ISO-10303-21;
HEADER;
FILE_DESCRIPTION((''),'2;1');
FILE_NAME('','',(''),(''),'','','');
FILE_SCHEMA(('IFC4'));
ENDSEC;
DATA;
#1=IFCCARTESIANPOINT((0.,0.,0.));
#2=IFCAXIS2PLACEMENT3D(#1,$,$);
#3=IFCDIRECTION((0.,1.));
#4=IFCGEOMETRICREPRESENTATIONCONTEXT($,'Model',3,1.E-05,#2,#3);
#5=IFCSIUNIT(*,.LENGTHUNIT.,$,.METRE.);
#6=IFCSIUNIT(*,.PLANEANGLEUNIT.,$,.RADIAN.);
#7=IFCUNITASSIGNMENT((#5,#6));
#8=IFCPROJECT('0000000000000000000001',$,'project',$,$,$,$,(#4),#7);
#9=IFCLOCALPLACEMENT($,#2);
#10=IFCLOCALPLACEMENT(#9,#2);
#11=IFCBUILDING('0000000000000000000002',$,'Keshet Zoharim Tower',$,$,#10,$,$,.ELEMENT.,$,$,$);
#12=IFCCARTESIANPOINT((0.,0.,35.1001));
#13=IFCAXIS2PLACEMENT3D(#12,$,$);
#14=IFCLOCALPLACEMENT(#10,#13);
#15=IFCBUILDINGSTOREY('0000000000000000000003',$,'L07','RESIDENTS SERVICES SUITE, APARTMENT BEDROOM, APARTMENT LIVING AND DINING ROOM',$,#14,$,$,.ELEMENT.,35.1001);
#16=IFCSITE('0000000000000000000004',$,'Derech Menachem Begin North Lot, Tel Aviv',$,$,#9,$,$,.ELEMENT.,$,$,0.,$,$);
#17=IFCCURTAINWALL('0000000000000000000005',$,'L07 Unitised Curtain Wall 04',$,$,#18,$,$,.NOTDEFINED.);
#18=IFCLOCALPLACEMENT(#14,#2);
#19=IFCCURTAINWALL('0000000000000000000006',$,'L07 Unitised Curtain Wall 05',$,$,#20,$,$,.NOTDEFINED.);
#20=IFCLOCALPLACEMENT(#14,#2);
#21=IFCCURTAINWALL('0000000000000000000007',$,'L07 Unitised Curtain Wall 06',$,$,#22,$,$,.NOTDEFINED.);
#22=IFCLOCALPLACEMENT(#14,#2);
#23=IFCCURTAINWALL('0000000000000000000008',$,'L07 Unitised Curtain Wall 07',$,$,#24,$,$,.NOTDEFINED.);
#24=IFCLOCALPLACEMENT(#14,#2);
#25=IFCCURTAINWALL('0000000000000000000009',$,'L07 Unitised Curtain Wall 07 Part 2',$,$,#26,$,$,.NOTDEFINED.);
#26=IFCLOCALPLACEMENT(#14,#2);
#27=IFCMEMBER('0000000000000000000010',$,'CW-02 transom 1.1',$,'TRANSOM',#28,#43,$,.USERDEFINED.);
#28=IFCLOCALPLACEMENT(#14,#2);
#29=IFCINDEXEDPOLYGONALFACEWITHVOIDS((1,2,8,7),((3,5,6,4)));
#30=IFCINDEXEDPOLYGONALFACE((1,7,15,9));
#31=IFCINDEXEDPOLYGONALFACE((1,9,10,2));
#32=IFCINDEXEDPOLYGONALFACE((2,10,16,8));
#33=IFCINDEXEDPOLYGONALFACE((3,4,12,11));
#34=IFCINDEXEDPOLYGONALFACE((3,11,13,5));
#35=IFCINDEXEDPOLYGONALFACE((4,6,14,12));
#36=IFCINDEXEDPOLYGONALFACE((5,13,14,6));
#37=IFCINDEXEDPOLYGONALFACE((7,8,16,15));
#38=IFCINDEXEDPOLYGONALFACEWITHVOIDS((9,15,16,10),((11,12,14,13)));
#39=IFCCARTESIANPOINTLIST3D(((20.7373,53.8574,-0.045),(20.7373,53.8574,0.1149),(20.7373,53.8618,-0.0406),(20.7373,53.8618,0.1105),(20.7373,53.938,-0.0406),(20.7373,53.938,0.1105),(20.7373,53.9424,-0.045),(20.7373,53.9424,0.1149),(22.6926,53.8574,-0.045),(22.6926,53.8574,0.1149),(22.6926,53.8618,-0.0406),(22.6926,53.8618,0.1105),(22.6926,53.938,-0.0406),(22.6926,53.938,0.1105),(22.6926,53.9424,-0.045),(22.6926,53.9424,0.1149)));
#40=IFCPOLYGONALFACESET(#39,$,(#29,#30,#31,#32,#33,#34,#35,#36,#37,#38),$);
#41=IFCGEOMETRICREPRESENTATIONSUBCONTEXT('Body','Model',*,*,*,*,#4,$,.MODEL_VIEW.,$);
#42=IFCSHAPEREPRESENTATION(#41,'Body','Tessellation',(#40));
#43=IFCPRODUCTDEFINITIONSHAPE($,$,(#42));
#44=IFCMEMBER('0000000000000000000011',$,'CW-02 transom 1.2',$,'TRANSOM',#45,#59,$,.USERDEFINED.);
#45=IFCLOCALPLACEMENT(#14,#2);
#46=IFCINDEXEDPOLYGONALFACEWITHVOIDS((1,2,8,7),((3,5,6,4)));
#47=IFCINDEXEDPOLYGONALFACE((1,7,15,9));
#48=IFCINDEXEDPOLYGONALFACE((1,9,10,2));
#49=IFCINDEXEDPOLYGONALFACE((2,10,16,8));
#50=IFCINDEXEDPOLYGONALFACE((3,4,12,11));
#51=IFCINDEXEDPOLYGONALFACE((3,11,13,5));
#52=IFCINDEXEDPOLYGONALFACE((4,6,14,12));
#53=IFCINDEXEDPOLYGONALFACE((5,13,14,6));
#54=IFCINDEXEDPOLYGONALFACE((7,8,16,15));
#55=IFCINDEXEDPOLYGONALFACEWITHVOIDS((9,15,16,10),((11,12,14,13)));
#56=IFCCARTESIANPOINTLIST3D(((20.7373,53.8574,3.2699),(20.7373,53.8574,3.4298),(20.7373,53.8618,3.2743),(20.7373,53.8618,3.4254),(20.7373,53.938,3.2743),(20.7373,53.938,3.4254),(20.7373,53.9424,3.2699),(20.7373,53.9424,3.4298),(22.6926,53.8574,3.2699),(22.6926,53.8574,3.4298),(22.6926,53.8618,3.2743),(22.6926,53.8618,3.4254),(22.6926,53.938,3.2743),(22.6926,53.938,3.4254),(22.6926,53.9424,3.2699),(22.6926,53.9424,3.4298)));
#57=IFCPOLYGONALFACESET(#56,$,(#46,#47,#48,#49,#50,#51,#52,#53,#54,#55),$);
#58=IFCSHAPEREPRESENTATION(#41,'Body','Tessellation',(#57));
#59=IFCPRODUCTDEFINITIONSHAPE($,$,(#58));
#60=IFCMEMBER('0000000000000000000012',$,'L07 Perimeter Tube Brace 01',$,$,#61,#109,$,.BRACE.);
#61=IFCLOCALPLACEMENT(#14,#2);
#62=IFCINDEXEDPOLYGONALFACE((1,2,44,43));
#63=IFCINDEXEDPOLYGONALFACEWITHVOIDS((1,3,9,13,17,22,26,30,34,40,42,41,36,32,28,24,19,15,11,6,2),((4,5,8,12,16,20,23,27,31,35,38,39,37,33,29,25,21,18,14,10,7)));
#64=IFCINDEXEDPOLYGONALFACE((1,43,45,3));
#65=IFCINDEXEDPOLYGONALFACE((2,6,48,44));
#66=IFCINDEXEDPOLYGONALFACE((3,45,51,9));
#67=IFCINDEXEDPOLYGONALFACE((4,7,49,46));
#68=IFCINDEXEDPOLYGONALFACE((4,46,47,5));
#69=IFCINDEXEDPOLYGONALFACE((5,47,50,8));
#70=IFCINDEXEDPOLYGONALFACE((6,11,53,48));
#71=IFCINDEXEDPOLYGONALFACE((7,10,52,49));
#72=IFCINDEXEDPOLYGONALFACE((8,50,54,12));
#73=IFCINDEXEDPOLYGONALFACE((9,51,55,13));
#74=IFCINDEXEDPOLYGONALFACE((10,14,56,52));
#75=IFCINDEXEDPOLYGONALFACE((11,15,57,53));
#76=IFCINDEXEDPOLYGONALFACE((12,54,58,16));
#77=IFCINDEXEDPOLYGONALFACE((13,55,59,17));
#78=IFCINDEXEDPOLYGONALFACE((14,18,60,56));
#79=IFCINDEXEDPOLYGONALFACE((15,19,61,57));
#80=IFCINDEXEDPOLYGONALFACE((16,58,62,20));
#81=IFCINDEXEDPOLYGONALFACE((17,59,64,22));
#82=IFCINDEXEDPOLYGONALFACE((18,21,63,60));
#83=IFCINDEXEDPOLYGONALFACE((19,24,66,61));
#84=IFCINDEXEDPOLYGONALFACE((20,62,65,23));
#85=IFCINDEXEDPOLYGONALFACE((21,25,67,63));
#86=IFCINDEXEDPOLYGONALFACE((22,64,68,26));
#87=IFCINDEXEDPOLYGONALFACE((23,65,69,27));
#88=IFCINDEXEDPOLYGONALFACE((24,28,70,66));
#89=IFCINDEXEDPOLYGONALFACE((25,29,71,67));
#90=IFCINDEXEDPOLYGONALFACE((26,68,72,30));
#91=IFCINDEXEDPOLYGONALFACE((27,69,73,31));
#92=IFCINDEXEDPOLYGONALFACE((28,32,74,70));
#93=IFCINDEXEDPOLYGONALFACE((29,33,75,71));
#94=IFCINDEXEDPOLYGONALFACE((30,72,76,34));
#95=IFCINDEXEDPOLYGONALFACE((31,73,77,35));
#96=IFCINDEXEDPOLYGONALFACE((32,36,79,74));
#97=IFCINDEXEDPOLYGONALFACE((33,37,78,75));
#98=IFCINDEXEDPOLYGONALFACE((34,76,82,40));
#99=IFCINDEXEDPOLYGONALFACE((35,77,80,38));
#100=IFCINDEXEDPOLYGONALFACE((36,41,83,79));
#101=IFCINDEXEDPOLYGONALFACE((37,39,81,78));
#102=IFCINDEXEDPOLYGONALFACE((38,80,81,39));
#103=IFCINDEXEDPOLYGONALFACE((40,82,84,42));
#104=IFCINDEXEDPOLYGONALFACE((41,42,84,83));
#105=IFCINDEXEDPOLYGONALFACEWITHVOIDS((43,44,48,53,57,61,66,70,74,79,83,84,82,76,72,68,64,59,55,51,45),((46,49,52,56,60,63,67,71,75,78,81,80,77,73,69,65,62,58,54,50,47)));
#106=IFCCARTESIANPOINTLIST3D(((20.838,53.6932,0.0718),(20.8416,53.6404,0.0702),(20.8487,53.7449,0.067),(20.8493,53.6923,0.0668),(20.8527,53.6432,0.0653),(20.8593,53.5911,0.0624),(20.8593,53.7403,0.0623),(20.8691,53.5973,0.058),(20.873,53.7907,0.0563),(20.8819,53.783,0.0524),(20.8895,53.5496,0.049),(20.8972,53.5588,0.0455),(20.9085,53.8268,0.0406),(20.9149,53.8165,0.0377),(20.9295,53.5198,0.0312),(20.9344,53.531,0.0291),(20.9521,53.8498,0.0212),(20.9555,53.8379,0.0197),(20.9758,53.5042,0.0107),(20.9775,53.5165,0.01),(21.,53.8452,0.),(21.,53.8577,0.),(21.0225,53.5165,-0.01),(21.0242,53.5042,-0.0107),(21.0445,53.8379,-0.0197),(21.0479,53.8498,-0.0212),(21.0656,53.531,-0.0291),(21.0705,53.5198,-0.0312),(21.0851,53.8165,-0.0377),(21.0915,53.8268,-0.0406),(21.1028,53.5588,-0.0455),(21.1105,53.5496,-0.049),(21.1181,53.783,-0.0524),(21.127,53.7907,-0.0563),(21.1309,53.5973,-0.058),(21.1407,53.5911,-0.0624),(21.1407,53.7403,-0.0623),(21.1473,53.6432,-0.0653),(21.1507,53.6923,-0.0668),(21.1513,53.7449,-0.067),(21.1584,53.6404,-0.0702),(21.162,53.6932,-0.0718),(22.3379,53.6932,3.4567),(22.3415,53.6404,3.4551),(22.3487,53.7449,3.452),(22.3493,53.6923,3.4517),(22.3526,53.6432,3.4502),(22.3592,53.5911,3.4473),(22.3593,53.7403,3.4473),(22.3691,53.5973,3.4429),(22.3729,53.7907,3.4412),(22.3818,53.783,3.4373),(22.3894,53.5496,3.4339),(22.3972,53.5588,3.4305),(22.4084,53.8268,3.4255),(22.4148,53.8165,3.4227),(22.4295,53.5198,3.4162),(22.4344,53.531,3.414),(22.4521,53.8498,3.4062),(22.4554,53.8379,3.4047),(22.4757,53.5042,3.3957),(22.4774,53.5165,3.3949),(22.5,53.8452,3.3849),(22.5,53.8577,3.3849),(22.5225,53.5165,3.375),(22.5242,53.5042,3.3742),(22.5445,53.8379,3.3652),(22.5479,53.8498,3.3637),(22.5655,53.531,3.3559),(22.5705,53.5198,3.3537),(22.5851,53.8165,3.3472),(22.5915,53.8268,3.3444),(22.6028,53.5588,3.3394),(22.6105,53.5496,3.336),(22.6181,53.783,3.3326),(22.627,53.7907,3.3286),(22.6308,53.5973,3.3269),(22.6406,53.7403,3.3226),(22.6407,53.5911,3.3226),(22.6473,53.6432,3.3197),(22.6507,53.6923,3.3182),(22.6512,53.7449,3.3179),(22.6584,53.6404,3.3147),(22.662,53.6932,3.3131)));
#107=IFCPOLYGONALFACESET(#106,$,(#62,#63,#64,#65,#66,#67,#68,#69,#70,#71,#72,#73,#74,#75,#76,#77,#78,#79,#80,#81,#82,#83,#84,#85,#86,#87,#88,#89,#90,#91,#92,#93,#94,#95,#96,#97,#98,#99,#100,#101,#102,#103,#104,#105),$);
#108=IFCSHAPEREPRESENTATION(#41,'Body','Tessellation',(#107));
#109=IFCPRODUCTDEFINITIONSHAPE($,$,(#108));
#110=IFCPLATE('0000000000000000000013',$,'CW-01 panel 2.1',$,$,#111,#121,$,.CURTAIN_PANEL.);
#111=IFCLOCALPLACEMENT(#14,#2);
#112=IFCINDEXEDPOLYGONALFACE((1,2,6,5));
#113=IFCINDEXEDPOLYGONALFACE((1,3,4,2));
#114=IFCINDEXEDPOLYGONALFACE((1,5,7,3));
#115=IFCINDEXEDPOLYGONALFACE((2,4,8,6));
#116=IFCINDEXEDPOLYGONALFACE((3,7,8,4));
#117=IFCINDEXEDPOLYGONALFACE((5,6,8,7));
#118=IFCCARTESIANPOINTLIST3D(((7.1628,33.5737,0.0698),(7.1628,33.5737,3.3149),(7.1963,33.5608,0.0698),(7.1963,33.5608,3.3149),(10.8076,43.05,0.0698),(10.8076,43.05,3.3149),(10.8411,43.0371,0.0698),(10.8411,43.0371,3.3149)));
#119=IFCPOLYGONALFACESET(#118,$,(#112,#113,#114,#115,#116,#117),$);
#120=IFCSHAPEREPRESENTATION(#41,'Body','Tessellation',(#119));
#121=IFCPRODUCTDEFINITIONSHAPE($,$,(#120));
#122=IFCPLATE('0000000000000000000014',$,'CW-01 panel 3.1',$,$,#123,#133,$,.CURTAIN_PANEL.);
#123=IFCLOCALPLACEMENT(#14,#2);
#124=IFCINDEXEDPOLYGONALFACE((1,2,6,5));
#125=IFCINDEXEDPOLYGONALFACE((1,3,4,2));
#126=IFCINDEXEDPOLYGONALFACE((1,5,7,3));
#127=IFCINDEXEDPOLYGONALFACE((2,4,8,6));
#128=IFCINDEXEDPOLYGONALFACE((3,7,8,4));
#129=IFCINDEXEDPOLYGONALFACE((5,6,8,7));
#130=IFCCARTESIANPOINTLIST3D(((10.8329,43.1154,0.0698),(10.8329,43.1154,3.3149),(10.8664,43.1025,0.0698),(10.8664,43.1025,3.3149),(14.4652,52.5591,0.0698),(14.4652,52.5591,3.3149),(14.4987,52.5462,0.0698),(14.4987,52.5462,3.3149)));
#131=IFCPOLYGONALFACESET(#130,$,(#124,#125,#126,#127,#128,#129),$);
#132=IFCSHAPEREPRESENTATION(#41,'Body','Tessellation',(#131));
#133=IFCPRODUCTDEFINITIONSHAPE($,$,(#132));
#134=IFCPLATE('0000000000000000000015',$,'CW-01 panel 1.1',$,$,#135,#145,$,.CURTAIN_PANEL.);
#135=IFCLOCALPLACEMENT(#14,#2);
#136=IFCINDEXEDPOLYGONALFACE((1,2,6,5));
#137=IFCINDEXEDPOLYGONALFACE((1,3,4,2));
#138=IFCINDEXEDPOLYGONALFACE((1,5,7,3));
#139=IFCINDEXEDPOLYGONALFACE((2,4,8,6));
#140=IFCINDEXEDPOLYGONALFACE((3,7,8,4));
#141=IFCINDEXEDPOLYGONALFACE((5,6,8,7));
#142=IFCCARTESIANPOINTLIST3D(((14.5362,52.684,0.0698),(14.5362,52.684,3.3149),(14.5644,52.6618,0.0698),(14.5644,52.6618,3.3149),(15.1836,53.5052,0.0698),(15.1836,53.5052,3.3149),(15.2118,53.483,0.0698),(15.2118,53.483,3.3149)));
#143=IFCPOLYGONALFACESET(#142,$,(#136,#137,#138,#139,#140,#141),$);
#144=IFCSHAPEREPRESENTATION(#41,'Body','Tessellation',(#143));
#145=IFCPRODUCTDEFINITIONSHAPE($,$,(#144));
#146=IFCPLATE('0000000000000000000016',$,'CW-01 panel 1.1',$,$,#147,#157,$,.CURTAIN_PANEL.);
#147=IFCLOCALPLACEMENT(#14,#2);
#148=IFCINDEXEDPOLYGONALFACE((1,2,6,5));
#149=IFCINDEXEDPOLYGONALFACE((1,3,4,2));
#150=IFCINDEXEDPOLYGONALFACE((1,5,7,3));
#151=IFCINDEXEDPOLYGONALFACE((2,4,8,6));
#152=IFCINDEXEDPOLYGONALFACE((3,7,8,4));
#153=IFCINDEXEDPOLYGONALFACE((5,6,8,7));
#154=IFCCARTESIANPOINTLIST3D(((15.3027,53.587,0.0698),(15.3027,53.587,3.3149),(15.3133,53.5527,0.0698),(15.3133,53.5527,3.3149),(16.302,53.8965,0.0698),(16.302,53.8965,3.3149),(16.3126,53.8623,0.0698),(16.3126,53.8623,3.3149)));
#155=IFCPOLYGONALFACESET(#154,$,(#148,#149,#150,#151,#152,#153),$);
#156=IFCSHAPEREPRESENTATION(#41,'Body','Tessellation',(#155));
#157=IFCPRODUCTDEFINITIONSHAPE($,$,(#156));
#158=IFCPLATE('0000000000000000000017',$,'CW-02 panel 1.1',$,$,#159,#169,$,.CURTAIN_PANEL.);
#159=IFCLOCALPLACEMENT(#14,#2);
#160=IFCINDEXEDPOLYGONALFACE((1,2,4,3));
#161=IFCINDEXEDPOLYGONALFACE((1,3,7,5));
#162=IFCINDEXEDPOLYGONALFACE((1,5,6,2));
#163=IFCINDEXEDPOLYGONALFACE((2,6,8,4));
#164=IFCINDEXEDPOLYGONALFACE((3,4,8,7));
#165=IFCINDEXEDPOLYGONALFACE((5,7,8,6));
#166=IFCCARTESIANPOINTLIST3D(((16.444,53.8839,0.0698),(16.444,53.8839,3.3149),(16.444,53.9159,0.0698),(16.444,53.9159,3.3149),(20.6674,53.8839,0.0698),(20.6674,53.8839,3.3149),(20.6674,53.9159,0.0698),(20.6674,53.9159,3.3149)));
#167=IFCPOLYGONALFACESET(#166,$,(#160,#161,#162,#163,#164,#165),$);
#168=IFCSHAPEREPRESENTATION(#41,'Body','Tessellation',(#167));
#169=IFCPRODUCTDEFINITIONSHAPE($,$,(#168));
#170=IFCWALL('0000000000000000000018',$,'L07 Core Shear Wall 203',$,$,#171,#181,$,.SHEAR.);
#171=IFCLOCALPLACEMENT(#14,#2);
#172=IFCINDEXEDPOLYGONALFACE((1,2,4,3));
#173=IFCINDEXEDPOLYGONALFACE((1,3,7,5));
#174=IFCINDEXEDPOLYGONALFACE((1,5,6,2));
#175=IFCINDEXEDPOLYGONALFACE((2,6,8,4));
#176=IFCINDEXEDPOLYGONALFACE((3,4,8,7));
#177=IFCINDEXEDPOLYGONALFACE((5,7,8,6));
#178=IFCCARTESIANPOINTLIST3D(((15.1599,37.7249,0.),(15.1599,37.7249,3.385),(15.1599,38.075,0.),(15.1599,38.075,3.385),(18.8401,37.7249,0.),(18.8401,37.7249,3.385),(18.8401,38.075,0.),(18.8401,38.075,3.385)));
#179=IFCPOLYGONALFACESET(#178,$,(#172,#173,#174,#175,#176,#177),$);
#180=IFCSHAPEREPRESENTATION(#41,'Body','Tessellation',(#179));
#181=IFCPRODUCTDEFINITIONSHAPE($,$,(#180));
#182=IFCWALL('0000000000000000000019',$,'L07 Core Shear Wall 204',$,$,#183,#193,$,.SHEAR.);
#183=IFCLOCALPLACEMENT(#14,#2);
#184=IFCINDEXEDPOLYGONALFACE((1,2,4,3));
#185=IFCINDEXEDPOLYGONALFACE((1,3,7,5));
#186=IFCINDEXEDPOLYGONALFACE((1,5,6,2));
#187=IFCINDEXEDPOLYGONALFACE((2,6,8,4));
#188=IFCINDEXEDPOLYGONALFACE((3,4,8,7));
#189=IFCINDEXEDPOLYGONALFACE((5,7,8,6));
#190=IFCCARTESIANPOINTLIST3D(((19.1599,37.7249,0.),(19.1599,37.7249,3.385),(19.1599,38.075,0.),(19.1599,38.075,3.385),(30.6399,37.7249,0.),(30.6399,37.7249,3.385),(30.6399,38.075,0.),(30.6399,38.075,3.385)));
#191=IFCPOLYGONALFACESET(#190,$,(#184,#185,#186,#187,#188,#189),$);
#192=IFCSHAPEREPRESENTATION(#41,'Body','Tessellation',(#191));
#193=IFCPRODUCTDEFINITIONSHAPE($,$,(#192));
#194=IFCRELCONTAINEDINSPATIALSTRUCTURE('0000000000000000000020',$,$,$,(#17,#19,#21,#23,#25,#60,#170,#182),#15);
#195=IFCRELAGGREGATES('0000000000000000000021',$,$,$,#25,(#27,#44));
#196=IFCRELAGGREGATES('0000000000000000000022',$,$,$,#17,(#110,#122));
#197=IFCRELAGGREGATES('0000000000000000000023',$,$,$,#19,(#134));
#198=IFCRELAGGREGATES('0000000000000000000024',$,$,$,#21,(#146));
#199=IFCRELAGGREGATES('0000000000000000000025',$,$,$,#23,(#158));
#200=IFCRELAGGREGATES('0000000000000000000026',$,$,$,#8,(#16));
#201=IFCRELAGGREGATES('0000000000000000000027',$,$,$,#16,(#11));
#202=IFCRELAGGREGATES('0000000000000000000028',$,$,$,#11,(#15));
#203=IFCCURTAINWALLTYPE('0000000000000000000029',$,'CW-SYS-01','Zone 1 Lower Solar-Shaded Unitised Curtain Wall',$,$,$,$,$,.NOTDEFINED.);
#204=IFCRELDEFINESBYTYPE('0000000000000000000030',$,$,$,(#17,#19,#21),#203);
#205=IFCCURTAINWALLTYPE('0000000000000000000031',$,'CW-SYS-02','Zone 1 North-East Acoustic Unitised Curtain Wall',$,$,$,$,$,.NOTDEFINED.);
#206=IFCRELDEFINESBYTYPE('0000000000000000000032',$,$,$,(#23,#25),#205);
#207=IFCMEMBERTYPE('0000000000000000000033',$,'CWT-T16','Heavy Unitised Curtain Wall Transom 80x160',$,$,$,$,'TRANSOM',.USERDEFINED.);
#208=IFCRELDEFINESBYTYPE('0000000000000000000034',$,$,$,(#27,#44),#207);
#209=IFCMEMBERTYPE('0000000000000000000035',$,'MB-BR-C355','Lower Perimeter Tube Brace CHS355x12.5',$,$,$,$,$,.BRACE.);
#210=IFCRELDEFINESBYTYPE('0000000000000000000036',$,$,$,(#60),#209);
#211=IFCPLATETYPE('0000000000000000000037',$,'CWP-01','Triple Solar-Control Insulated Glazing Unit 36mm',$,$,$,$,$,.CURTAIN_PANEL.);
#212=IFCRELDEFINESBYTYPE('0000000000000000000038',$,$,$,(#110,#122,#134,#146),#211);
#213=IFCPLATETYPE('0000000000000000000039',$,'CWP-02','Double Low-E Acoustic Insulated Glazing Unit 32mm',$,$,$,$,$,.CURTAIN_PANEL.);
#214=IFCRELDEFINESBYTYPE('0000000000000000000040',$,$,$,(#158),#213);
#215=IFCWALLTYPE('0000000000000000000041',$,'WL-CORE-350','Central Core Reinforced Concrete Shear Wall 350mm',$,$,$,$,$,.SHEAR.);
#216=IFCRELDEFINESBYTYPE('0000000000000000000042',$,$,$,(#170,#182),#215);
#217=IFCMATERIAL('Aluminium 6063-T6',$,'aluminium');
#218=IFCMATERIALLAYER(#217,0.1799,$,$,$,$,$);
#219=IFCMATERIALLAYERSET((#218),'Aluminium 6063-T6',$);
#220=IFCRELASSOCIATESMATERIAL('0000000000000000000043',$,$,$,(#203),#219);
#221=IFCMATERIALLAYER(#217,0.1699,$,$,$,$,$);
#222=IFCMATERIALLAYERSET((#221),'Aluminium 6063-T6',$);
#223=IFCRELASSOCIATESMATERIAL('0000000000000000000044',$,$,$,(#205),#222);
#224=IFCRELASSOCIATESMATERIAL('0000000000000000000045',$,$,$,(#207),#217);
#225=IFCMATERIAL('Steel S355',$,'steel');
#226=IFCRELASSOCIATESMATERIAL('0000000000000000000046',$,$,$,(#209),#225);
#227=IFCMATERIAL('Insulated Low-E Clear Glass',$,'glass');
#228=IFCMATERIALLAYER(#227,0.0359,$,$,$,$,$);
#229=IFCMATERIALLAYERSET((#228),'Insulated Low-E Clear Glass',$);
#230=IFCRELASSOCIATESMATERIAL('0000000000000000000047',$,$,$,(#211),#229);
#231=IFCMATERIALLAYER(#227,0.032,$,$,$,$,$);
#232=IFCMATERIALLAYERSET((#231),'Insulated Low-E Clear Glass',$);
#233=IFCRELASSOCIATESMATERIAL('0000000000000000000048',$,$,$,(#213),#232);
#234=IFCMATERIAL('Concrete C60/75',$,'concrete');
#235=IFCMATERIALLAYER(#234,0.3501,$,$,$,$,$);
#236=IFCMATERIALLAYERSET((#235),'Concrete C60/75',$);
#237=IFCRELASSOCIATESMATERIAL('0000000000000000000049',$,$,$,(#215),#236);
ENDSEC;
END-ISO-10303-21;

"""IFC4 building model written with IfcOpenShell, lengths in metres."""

from ifc_helpers import new_model, si_unit, direction, frame, frame_2d, origin, origin_2d, place, context, subcontext, project, spatial, rectangle, hollow_rectangle, hollow_circle, extrude, material, layer, layer_set, material_profile, profile_set, type_object, element, aggregate, save


model = new_model("IFC4")

# Units and contexts
model_context = context("Model", 3, precision=1e-05, world=origin(), true_north=direction((0.0, 1.0)))
body_context = subcontext(model_context, "Body", "Model", "MODEL_VIEW")
ifc_project = project(units=[si_unit("LENGTHUNIT", "METRE"), si_unit("PLANEANGLEUNIT", "RADIAN")], contexts=[model_context])

# Site, building, storey
site_placement = place(None, origin())
site = spatial("IfcSite", under=ifc_project, at=site_placement, Name="Derech Menachem Begin North Lot, Tel Aviv", CompositionType="ELEMENT", RefElevation=0.0)
building_placement = place(site_placement, origin())
building = spatial("IfcBuilding", under=site, at=building_placement, Name="Keshet Zoharim Tower", CompositionType="ELEMENT")
storey_placement = place(building_placement, frame((0.0, 0.0, 35.1001)))
storey = spatial("IfcBuildingStorey", under=building, at=storey_placement, Name="L07", Description="RESIDENTS SERVICES SUITE, APARTMENT BEDROOM, APARTMENT LIVING AND DINING ROOM", CompositionType="ELEMENT", Elevation=35.1001)

# Shared definitions
ifc_material_1 = material(Name="Steel S355", Category="steel")

# Curtain walls
ifc_material_2 = material(Name="Aluminium 6063-T6", Category="aluminium")
ifc_layer_1 = layer(ifc_material_2, 0.1799)
ifc_layer_set_1 = layer_set([ifc_layer_1], Name="Aluminium 6063-T6")
curtain_wall_type_1 = type_object("IfcCurtainWallType", Name="CW-SYS-01", Description="Zone 1 Lower Solar-Shaded Unitised Curtain Wall", PredefinedType="NOTDEFINED", material=ifc_layer_set_1)
curtain_wall_1_placement = place(storey_placement, origin())
curtain_wall_1 = element("IfcCurtainWall", 1, at=curtain_wall_1_placement, inside=storey, type_object=curtain_wall_type_1, Name="L07 Unitised Curtain Wall 04", PredefinedType="NOTDEFINED")
curtain_wall_2_placement = place(storey_placement, origin())
curtain_wall_2 = element("IfcCurtainWall", 2, at=curtain_wall_2_placement, inside=storey, type_object=curtain_wall_type_1, Name="L07 Unitised Curtain Wall 05", PredefinedType="NOTDEFINED")
curtain_wall_3_placement = place(storey_placement, origin())
curtain_wall_3 = element("IfcCurtainWall", 3, at=curtain_wall_3_placement, inside=storey, type_object=curtain_wall_type_1, Name="L07 Unitised Curtain Wall 06", PredefinedType="NOTDEFINED")
ifc_layer_2 = layer(ifc_material_2, 0.1699)
ifc_layer_set_2 = layer_set([ifc_layer_2], Name="Aluminium 6063-T6")
curtain_wall_type_2 = type_object("IfcCurtainWallType", Name="CW-SYS-02", Description="Zone 1 North-East Acoustic Unitised Curtain Wall", PredefinedType="NOTDEFINED", material=ifc_layer_set_2)
curtain_wall_4_placement = place(storey_placement, origin())
curtain_wall_4 = element("IfcCurtainWall", 4, at=curtain_wall_4_placement, inside=storey, type_object=curtain_wall_type_2, Name="L07 Unitised Curtain Wall 07", PredefinedType="NOTDEFINED")

# Shared definitions
ifc_material_profile_1 = material_profile(ifc_material_2, hollow_rectangle(XDim=0.085, YDim=0.1599, WallThickness=0.0044, at=origin_2d()), Name="TRN-85x160")
ifc_profile_set_1 = profile_set([ifc_material_profile_1], Name="Aluminium 6063-T6")
member_type_1 = type_object("IfcMemberType", Name="CWT-T16", Description="Heavy Unitised Curtain Wall Transom 80x160", ElementType="TRANSOM", PredefinedType="USERDEFINED", material=ifc_profile_set_1)

# Curtain wall, members
curtain_wall_5_placement = place(storey_placement, origin())
curtain_wall_5 = element("IfcCurtainWall", 5, at=curtain_wall_5_placement, inside=storey, type_object=curtain_wall_type_2, Name="L07 Unitised Curtain Wall 07 Part 2", PredefinedType="NOTDEFINED")
member_1_placement = place(storey_placement, frame((20.7373, 53.8999, 0.0349), z_axis=(1.0, 0.0, 0.0), x_axis=(0.0, 1.0, 0.0)))
member_1 = element("IfcMember", 6, at=member_1_placement, type_object=member_type_1, Name="CW-02 transom 1.1", ObjectType="TRANSOM", PredefinedType="USERDEFINED", context=body_context, shape_type="SweptSolid", body=[
    extrude(hollow_rectangle(XDim=0.085, YDim=0.1599, WallThickness=0.0044, at=origin_2d()), origin(), (0.0, 0.0, 1.0), 1.9553),
])
member_2_placement = place(storey_placement, frame((20.7373, 53.8999, 3.3499), z_axis=(1.0, 0.0, 0.0), x_axis=(0.0, 1.0, 0.0)))
member_2 = element("IfcMember", 7, at=member_2_placement, type_object=member_type_1, Name="CW-02 transom 1.2", ObjectType="TRANSOM", PredefinedType="USERDEFINED", context=body_context, shape_type="SweptSolid", body=[
    extrude(hollow_rectangle(XDim=0.085, YDim=0.1599, WallThickness=0.0044, at=origin_2d()), origin(), (0.0, 0.0, 1.0), 1.9553),
])
aggregate(curtain_wall_5, [member_1, member_2])

# Member
ifc_material_profile_2 = material_profile(ifc_material_1, hollow_circle(Radius=0.1777, WallThickness=0.0125, at=origin_2d()), Name="CHS355x12.5")
ifc_profile_set_2 = profile_set([ifc_material_profile_2], Name="Steel S355")
member_type_2 = type_object("IfcMemberType", Name="MB-BR-C355", Description="Lower Perimeter Tube Brace CHS355x12.5", PredefinedType="BRACE", material=ifc_profile_set_2)
member_3_placement = place(storey_placement, frame((21.0, 53.6799, 0.0), z_axis=(0.405135, 0.0, 0.914257), x_axis=(0.0, 1.0, 0.0)))
element("IfcMember", 8, at=member_3_placement, inside=storey, type_object=member_type_2, Name="L07 Perimeter Tube Brace 01", PredefinedType="BRACE", context=body_context, shape_type="SweptSolid", body=[
    extrude(hollow_circle(Radius=0.1777, WallThickness=0.0125, at=origin_2d()), origin(), (0.0, 0.0, 1.0), 3.7024),
])

# Plates
ifc_material_3 = material(Name="Insulated Low-E Clear Glass", Category="glass")
ifc_layer_3 = layer(ifc_material_3, 0.0359)
ifc_layer_set_3 = layer_set([ifc_layer_3], Name="Insulated Low-E Clear Glass")
plate_type_1 = type_object("IfcPlateType", Name="CWP-01", Description="Triple Solar-Control Insulated Glazing Unit 36mm", PredefinedType="CURTAIN_PANEL", material=ifc_layer_set_3)
plate_1_placement = place(storey_placement, frame((9.002, 38.3054, 0.0698), z_axis=(0.0, 0.0, 1.0), x_axis=(0.35899, 0.933341, 0.0)))
plate_1 = element("IfcPlate", 9, at=plate_1_placement, type_object=plate_type_1, Name="CW-01 panel 2.1", PredefinedType="CURTAIN_PANEL", context=body_context, shape_type="SweptSolid", body=[
    extrude(rectangle(XDim=10.1531, YDim=0.0359, at=origin_2d()), origin(), (0.0, 0.0, 1.0), 3.2451),
])
plate_2_placement = place(storey_placement, frame((12.6658, 47.8308, 0.0698), z_axis=(0.0, 0.0, 1.0), x_axis=(0.35899, 0.933341, 0.0)))
plate_2 = element("IfcPlate", 10, at=plate_2_placement, type_object=plate_type_1, Name="CW-01 panel 3.1", PredefinedType="CURTAIN_PANEL", context=body_context, shape_type="SweptSolid", body=[
    extrude(rectangle(XDim=10.1182, YDim=0.0359, at=origin_2d()), origin(), (0.0, 0.0, 1.0), 3.2451),
])
aggregate(curtain_wall_1, [plate_1, plate_2])
plate_3_placement = place(storey_placement, frame((14.874, 53.0835, 0.0698), z_axis=(0.0, 0.0, 1.0), x_axis=(0.619125, 0.785293, 0.0)))
plate_3 = element("IfcPlate", 11, at=plate_3_placement, type_object=plate_type_1, Name="CW-01 panel 1.1", PredefinedType="CURTAIN_PANEL", context=body_context, shape_type="SweptSolid", body=[
    extrude(rectangle(XDim=1.0457, YDim=0.0359, at=origin_2d()), origin(), (0.0, 0.0, 1.0), 3.2451),
])
aggregate(curtain_wall_2, [plate_3])
plate_4_placement = place(storey_placement, frame((15.8076, 53.7246, 0.0698), z_axis=(0.0, 0.0, 1.0), x_axis=(0.955212, 0.295922, 0.0)))
plate_4 = element("IfcPlate", 12, at=plate_4_placement, type_object=plate_type_1, Name="CW-01 panel 1.1", PredefinedType="CURTAIN_PANEL", context=body_context, shape_type="SweptSolid", body=[
    extrude(rectangle(XDim=1.0461, YDim=0.0359, at=origin_2d()), origin(), (0.0, 0.0, 1.0), 3.2451),
])
aggregate(curtain_wall_3, [plate_4])
ifc_layer_4 = layer(ifc_material_3, 0.032)
ifc_layer_set_4 = layer_set([ifc_layer_4], Name="Insulated Low-E Clear Glass")
plate_type_2 = type_object("IfcPlateType", Name="CWP-02", Description="Double Low-E Acoustic Insulated Glazing Unit 32mm", PredefinedType="CURTAIN_PANEL", material=ifc_layer_set_4)
plate_5_placement = place(storey_placement, frame((18.5557, 53.8999, 0.0698), z_axis=(0.0, 0.0, 1.0), x_axis=(1.0, 0.0, 0.0)))
plate_5 = element("IfcPlate", 13, at=plate_5_placement, type_object=plate_type_2, Name="CW-02 panel 1.1", PredefinedType="CURTAIN_PANEL", context=body_context, shape_type="SweptSolid", body=[
    extrude(rectangle(XDim=4.2234, YDim=0.032, at=origin_2d()), origin(), (0.0, 0.0, 1.0), 3.2451),
])
aggregate(curtain_wall_4, [plate_5])

# Walls
ifc_material_4 = material(Name="Concrete C60/75", Category="concrete")
ifc_layer_5 = layer(ifc_material_4, 0.3501)
ifc_layer_set_5 = layer_set([ifc_layer_5], Name="Concrete C60/75")
wall_type_1 = type_object("IfcWallType", Name="WL-CORE-350", Description="Central Core Reinforced Concrete Shear Wall 350mm", PredefinedType="SHEAR", material=ifc_layer_set_5)
wall_1_placement = place(storey_placement, frame((15.1599, 37.8999, 0.0), z_axis=(0.0, 0.0, 1.0), x_axis=(1.0, 0.0, 0.0)))
element("IfcWall", 14, at=wall_1_placement, inside=storey, type_object=wall_type_1, Name="L07 Core Shear Wall 203", PredefinedType="SHEAR", context=body_context, shape_type="SweptSolid", body=[
    extrude(rectangle(XDim=3.6802, YDim=0.3501, at=frame_2d((1.8401, 0.0))), origin(), (0.0, 0.0, 1.0), 3.385),
])
wall_2_placement = place(storey_placement, frame((19.1599, 37.8999, 0.0), z_axis=(0.0, 0.0, 1.0), x_axis=(1.0, 0.0, 0.0)))
element("IfcWall", 15, at=wall_2_placement, inside=storey, type_object=wall_type_1, Name="L07 Core Shear Wall 204", PredefinedType="SHEAR", context=body_context, shape_type="SweptSolid", body=[
    extrude(rectangle(XDim=11.48, YDim=0.3501, at=frame_2d((5.74, 0.0))), origin(), (0.0, 0.0, 1.0), 3.385),
])

save(model, "model.ifc")
